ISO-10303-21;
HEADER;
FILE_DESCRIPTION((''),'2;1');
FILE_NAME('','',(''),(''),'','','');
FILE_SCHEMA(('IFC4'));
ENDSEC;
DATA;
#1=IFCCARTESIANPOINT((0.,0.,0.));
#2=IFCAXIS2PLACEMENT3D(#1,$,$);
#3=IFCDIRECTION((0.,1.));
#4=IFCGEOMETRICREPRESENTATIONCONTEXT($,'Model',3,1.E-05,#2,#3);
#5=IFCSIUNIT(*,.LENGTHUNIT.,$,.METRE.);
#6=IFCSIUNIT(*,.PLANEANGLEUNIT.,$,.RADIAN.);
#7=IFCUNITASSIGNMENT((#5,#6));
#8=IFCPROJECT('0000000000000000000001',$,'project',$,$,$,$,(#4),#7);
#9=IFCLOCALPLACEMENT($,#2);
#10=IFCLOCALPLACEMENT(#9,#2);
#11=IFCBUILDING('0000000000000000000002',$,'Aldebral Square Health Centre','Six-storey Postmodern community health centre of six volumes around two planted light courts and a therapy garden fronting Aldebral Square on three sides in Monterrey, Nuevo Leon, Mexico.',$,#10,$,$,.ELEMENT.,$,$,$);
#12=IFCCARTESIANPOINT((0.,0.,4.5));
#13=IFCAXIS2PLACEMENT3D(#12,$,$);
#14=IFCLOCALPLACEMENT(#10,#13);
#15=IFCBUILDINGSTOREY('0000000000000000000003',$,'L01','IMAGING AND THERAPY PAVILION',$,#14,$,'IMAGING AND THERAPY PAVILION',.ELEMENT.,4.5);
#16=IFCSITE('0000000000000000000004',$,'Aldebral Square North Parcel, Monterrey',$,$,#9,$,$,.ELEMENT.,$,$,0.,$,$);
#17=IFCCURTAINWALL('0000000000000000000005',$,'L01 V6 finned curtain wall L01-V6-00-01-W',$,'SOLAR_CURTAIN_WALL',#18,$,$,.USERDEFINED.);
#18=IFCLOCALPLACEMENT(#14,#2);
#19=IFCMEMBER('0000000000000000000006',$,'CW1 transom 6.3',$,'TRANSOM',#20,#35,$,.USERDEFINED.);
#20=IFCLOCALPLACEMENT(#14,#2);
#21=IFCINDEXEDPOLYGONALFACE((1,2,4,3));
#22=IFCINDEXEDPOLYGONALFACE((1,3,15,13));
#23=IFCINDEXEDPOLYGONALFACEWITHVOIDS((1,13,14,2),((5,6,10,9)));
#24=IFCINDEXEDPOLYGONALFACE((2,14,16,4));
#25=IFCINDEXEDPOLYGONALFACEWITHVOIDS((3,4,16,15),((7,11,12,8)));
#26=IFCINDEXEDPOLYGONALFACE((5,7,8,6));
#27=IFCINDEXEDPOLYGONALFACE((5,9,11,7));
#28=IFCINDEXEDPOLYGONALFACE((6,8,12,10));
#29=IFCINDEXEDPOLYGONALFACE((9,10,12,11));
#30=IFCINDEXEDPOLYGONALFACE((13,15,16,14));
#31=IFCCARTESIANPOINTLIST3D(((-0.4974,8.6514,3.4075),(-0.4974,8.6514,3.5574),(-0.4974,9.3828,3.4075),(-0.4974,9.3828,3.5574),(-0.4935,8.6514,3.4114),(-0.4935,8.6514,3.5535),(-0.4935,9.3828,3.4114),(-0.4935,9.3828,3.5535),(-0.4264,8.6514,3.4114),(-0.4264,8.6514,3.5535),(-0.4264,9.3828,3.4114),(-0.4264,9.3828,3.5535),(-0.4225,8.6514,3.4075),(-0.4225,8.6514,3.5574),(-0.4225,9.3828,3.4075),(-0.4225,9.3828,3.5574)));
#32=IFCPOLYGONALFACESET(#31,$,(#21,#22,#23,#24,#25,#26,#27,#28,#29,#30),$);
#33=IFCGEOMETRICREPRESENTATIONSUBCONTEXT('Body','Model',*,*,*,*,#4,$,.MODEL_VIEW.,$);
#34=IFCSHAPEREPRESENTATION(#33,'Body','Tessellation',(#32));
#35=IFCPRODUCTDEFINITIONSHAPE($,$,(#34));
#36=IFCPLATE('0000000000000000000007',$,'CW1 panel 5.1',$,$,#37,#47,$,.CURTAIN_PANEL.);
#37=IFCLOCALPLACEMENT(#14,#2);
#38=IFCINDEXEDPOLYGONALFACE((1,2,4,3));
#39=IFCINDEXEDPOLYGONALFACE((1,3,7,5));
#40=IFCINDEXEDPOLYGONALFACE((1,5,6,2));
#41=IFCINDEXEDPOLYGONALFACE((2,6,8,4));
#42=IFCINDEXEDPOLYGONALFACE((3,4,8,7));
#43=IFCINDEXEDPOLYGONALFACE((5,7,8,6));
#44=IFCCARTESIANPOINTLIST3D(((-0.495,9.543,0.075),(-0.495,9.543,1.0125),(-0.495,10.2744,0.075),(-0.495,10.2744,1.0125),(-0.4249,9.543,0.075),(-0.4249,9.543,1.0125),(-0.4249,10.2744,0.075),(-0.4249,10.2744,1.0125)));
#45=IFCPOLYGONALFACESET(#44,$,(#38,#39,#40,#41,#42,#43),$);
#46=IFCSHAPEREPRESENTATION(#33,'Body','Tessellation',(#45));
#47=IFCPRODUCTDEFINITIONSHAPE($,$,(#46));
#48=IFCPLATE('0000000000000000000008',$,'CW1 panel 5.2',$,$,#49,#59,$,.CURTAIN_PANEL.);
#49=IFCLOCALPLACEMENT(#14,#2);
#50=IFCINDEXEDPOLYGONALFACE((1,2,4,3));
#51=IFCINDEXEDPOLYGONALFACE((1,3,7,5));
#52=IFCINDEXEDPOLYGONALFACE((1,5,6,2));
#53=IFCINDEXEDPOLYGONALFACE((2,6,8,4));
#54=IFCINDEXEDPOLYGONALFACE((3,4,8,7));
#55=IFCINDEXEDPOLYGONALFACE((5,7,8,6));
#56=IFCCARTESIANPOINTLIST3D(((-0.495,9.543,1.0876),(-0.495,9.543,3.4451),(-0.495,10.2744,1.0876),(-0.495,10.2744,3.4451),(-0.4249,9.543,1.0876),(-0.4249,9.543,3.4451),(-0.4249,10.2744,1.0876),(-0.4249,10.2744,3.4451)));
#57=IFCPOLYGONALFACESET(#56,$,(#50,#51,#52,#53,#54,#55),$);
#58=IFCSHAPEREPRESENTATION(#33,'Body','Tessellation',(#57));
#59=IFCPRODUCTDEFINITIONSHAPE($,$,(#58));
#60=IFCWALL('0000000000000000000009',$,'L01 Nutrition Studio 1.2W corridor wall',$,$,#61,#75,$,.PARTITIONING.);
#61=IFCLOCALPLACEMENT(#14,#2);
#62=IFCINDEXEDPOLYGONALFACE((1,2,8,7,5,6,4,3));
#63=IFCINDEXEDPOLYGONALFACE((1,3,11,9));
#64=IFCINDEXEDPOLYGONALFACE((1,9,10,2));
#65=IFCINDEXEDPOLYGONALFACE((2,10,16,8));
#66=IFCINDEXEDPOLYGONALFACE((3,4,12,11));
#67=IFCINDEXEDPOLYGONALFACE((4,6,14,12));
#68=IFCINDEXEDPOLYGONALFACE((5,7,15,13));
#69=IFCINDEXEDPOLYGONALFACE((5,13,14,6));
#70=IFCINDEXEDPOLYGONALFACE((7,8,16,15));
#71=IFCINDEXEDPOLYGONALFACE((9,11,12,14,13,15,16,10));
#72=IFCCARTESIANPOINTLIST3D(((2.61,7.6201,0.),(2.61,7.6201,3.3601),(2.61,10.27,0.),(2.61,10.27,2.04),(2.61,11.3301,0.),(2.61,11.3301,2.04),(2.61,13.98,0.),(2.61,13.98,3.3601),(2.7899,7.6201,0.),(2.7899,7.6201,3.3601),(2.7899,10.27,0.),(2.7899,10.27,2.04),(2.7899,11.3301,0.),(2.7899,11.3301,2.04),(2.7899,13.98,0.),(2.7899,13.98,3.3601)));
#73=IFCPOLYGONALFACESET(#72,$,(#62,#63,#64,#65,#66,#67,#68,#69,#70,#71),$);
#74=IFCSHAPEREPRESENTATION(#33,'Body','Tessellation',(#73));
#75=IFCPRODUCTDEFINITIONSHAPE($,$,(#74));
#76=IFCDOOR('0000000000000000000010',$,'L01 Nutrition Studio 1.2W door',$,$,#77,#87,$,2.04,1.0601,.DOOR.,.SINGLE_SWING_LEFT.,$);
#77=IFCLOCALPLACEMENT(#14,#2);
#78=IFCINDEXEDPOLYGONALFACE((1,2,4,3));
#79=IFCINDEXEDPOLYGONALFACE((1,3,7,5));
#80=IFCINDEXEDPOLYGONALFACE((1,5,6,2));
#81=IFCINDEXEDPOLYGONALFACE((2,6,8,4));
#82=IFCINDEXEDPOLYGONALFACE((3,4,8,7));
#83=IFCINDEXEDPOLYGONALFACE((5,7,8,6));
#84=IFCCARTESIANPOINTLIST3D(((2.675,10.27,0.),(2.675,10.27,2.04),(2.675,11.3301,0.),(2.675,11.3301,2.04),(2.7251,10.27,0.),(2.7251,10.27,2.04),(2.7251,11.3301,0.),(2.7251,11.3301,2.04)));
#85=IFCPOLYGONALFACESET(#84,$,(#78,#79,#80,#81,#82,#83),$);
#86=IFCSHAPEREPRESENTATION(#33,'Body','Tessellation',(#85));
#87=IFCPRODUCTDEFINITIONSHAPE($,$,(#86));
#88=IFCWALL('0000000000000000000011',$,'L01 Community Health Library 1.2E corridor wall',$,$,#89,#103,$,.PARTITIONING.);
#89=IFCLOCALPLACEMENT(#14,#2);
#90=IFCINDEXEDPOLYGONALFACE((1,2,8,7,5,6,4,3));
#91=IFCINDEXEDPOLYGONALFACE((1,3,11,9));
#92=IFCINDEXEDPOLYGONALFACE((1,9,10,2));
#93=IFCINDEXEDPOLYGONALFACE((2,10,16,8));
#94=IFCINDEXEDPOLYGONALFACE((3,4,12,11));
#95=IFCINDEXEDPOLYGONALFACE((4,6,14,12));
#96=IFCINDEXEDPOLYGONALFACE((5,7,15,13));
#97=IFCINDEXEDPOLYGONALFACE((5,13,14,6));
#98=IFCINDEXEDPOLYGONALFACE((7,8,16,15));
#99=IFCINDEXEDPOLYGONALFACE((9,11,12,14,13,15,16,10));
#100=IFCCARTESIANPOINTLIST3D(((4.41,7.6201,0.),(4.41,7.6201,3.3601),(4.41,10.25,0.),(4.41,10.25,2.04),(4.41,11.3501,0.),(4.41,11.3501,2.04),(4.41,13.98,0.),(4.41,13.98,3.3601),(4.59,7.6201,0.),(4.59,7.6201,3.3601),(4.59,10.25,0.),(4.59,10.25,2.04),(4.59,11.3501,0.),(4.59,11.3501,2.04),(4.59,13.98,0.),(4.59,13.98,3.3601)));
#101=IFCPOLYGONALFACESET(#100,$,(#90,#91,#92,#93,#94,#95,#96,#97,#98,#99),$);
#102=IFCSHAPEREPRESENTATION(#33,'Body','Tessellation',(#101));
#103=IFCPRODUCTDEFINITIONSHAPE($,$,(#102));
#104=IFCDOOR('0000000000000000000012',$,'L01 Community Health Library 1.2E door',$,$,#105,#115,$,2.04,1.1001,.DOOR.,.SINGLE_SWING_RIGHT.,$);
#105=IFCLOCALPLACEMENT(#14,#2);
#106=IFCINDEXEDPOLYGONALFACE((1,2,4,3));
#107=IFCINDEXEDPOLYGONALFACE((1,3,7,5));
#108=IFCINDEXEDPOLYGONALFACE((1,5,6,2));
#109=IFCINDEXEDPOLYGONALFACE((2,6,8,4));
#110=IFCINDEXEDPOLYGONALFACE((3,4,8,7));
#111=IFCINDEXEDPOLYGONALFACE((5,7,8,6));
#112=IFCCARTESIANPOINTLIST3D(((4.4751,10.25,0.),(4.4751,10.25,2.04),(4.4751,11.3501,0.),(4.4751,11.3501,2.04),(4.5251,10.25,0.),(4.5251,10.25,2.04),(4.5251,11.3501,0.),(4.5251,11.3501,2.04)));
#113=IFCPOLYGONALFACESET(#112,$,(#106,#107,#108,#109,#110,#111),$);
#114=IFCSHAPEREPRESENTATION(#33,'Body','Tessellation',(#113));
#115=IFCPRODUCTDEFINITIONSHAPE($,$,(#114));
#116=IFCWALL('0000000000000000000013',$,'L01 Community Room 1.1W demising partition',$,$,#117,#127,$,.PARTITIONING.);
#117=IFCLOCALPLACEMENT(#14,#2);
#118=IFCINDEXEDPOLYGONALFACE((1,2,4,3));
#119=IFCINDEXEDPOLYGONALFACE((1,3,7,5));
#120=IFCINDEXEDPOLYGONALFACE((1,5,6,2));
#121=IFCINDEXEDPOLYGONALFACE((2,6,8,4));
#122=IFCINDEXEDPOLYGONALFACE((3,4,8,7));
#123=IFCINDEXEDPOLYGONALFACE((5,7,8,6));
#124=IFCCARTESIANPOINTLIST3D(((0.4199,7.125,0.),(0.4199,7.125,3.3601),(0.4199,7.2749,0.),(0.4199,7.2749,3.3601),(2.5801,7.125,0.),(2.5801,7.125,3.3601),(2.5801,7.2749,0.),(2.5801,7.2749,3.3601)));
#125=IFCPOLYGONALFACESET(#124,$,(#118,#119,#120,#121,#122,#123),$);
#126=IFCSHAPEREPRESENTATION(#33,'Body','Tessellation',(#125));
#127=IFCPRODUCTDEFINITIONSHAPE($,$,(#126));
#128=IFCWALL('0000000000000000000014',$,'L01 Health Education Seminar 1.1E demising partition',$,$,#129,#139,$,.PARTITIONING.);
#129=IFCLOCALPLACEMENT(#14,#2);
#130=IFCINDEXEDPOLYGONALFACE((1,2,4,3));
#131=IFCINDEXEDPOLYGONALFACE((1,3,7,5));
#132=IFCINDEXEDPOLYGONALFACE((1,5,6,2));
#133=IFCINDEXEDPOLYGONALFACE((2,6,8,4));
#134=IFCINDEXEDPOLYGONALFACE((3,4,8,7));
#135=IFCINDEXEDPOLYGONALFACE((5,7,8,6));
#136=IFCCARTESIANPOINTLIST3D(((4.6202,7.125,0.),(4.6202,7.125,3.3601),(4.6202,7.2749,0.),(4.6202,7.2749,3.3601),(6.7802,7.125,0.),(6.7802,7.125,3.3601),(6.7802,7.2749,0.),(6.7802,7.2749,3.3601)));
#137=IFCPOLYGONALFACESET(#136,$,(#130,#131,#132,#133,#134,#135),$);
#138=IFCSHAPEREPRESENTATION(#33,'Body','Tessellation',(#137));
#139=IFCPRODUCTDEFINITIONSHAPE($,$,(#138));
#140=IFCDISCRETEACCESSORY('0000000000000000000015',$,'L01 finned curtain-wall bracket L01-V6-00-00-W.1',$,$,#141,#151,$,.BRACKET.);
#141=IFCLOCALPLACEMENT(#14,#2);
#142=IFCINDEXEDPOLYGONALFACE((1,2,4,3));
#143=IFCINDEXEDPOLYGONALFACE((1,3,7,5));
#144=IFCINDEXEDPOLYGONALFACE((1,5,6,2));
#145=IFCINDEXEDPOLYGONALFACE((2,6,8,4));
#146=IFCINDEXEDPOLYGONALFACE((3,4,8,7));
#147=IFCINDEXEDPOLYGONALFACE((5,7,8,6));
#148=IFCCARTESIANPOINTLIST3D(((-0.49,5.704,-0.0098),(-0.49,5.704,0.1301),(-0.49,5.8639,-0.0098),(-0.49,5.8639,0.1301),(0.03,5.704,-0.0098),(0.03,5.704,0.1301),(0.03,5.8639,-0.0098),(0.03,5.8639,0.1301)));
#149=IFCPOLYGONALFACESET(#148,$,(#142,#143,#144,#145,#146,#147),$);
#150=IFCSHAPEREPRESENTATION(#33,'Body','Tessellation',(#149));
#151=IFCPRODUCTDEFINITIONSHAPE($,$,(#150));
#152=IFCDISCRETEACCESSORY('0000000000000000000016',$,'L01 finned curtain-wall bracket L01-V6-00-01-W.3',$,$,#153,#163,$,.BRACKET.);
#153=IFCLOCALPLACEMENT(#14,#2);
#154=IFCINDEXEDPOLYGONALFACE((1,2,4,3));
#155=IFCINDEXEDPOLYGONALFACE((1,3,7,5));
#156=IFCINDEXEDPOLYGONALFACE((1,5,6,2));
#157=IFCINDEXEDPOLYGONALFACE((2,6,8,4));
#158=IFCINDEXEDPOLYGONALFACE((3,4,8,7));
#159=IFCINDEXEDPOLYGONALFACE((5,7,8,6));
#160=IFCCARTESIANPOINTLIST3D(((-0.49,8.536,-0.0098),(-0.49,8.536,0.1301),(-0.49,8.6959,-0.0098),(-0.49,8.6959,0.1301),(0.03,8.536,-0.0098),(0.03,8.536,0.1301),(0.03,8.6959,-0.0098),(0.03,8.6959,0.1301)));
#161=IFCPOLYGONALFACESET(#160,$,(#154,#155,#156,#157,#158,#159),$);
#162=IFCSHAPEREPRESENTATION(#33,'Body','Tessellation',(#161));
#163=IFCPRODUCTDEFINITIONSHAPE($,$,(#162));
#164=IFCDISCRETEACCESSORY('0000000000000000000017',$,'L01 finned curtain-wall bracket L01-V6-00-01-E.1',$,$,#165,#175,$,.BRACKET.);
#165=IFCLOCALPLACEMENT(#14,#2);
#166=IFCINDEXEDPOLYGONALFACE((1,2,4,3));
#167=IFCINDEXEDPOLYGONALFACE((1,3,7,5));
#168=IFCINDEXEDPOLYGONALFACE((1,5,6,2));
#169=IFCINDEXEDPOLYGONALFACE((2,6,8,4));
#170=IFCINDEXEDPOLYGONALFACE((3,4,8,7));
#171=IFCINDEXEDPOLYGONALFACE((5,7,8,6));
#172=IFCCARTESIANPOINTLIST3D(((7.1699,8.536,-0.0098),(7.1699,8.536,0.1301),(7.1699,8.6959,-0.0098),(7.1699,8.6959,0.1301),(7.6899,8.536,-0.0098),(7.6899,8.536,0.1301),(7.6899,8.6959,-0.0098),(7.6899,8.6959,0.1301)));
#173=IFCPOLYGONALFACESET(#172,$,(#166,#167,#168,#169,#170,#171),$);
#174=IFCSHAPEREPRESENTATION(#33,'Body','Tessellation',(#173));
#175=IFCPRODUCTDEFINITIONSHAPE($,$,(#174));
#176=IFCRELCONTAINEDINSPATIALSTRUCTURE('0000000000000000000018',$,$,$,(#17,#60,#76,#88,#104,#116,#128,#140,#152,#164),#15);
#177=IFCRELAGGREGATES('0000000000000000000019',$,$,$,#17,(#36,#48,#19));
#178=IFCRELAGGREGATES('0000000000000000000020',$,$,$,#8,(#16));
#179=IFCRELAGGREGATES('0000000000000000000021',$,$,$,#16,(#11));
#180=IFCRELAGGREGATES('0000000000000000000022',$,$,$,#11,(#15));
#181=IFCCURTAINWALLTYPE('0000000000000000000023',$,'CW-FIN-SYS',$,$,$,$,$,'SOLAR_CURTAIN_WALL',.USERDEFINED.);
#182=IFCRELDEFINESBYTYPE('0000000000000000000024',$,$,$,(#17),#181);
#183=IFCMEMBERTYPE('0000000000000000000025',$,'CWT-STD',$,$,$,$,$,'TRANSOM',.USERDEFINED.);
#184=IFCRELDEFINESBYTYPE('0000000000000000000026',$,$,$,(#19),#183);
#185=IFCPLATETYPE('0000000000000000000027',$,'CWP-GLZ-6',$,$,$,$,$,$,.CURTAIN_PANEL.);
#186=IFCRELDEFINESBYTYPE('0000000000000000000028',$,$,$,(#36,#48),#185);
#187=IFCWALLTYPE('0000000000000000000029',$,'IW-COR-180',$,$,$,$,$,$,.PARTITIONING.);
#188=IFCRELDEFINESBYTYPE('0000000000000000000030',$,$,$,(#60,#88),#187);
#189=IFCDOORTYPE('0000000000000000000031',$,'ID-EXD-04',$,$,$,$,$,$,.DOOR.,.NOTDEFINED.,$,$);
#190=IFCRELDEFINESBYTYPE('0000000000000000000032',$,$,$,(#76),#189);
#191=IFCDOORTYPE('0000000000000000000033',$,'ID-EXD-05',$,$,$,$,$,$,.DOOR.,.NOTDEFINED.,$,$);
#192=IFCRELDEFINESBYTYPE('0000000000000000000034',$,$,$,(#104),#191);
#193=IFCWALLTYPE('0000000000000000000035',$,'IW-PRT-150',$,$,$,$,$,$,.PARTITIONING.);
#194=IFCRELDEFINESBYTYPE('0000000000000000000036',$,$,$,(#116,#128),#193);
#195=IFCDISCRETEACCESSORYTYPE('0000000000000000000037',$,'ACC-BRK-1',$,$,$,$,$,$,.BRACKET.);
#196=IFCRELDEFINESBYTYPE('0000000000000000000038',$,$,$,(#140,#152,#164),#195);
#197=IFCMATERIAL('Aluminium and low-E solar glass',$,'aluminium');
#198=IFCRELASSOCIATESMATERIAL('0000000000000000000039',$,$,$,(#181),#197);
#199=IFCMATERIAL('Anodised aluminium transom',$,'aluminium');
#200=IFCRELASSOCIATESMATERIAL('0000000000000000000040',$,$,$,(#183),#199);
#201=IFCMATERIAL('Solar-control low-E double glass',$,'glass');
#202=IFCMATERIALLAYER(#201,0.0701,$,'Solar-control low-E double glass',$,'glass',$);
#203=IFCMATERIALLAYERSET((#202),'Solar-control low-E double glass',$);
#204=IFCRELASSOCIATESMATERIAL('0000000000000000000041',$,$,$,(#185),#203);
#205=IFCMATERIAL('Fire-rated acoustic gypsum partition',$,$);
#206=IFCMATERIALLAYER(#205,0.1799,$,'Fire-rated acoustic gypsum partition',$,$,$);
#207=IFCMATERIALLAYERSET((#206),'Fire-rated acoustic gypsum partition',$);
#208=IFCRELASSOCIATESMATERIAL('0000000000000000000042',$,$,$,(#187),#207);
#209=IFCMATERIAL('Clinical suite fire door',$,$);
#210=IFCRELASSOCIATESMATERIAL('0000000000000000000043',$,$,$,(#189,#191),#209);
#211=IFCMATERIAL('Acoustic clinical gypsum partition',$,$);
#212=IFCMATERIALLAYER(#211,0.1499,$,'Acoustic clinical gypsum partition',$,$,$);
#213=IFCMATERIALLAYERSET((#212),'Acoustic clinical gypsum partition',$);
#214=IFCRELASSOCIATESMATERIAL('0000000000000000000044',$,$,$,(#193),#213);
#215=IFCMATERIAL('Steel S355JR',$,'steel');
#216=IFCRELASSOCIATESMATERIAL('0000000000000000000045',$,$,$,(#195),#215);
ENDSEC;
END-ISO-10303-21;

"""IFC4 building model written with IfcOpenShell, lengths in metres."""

from ifc_helpers import new_model, si_unit, direction, frame, frame_2d, origin, origin_2d, place, context, subcontext, project, spatial, rectangle, hollow_rectangle, extrude, material, layer, layer_set, material_profile, profile_set, type_object, element, fill, aggregate, save


model = new_model("IFC4")

# Units and contexts
model_context = context("Model", 3, precision=1e-05, world=origin(), true_north=direction((0.0, 1.0)))
body_context = subcontext(model_context, "Body", "Model", "MODEL_VIEW")
ifc_project = project(units=[si_unit("LENGTHUNIT", "METRE"), si_unit("PLANEANGLEUNIT", "RADIAN")], contexts=[model_context])

# Site, building, storey
site_placement = place(None, origin())
site = spatial("IfcSite", under=ifc_project, at=site_placement, Name="Aldebral Square North Parcel, Monterrey", CompositionType="ELEMENT", RefElevation=0.0)
building_placement = place(site_placement, origin())
building = spatial("IfcBuilding", under=site, at=building_placement, Name="Aldebral Square Health Centre", Description="Six-storey Postmodern community health centre of six volumes around two planted light courts and a therapy garden fronting Aldebral Square on three sides in Monterrey, Nuevo Leon, Mexico.", CompositionType="ELEMENT")
storey_placement = place(building_placement, frame((0.0, 0.0, 4.5)))
storey = spatial("IfcBuildingStorey", under=building, at=storey_placement, Name="L01", Description="IMAGING AND THERAPY PAVILION", LongName="IMAGING AND THERAPY PAVILION", CompositionType="ELEMENT", Elevation=4.5)

# Curtain wall
ifc_material_1 = material(Name="Aluminium and low-E solar glass", Category="aluminium")
curtain_wall_type = type_object("IfcCurtainWallType", Name="CW-FIN-SYS", ElementType="SOLAR_CURTAIN_WALL", PredefinedType="USERDEFINED", material=ifc_material_1)
curtain_wall_1_placement = place(storey_placement, origin())
curtain_wall_1 = element("IfcCurtainWall", 1, at=curtain_wall_1_placement, inside=storey, type_object=curtain_wall_type, Name="L01 V6 finned curtain wall L01-V6-00-01-W", ObjectType="SOLAR_CURTAIN_WALL", PredefinedType="USERDEFINED")

# Member
ifc_material_2 = material(Name="Anodised aluminium transom", Category="aluminium")
ifc_material_profile_1 = material_profile(ifc_material_2, hollow_rectangle(XDim=0.075, YDim=0.1499, WallThickness=0.0039, at=origin_2d()), Name="CWT 75x150x4")
ifc_profile_set_1 = profile_set([ifc_material_profile_1], Name="Anodised aluminium transom")
member_type_1 = type_object("IfcMemberType", Name="CWT-STD", ElementType="TRANSOM", PredefinedType="USERDEFINED", material=ifc_profile_set_1)
member_1_placement = place(storey_placement, frame((-0.46, 9.3828, 3.4824), z_axis=(0.0, -1.0, 0.0), x_axis=(1.0, 0.0, 0.0)))
member_1 = element("IfcMember", 2, at=member_1_placement, type_object=member_type_1, Name="CW1 transom 6.3", ObjectType="TRANSOM", PredefinedType="USERDEFINED", context=body_context, shape_type="SweptSolid", body=[
    extrude(hollow_rectangle(XDim=0.075, YDim=0.1499, WallThickness=0.0039, at=origin_2d()), origin(), (0.0, 0.0, 1.0), 0.7314),
])

# Plates
ifc_material_3 = material(Name="Solar-control low-E double glass", Category="glass")
ifc_layer_1 = layer(ifc_material_3, 0.0701, Name="Solar-control low-E double glass", Category="glass")
ifc_layer_set_1 = layer_set([ifc_layer_1], Name="Solar-control low-E double glass")
plate_type = type_object("IfcPlateType", Name="CWP-GLZ-6", PredefinedType="CURTAIN_PANEL", material=ifc_layer_set_1)
plate_1_placement = place(storey_placement, frame((-0.46, 9.9087, 0.075), z_axis=(0.0, 0.0, 1.0), x_axis=(0.0, -1.0, 0.0)))
plate_1 = element("IfcPlate", 3, at=plate_1_placement, type_object=plate_type, Name="CW1 panel 5.1", PredefinedType="CURTAIN_PANEL", context=body_context, shape_type="SweptSolid", body=[
    extrude(rectangle(XDim=0.7314, YDim=0.0701, at=origin_2d()), origin(), (0.0, 0.0, 1.0), 0.9375),
])
plate_2_placement = place(storey_placement, frame((-0.46, 9.9087, 1.0876), z_axis=(0.0, 0.0, 1.0), x_axis=(0.0, -1.0, 0.0)))
plate_2 = element("IfcPlate", 4, at=plate_2_placement, type_object=plate_type, Name="CW1 panel 5.2", PredefinedType="CURTAIN_PANEL", context=body_context, shape_type="SweptSolid", body=[
    extrude(rectangle(XDim=0.7314, YDim=0.0701, at=origin_2d()), origin(), (0.0, 0.0, 1.0), 2.3574),
])
aggregate(curtain_wall_1, [plate_1, plate_2, member_1])

# Walls, openings, doors
ifc_material_4 = material(Name="Fire-rated acoustic gypsum partition")
ifc_layer_2 = layer(ifc_material_4, 0.1799, Name="Fire-rated acoustic gypsum partition")
ifc_layer_set_2 = layer_set([ifc_layer_2], Name="Fire-rated acoustic gypsum partition")
wall_type_1 = type_object("IfcWallType", Name="IW-COR-180", PredefinedType="PARTITIONING", material=ifc_layer_set_2)
wall_1_placement = place(storey_placement, frame((2.7, 7.6201, 0.0), z_axis=(0.0, 0.0, 1.0), x_axis=(0.0, 1.0, 0.0)))
wall_1 = element("IfcWall", 5, at=wall_1_placement, inside=storey, type_object=wall_type_1, Name="L01 Nutrition Studio 1.2W corridor wall", PredefinedType="PARTITIONING", context=body_context, shape_type="SweptSolid", body=[
    extrude(rectangle(XDim=6.3599, YDim=0.1799, at=frame_2d((3.1799, 0.0))), origin(), (0.0, 0.0, 1.0), 3.3601),
])
opening_1_placement = place(wall_1_placement, frame((2.6499, 0.0, 0.0)))
opening_1 = element("IfcOpeningElement", 6, at=opening_1_placement, cuts=wall_1, PredefinedType="OPENING", context=body_context, shape_type="SweptSolid", body=[
    extrude(rectangle(XDim=1.0601, YDim=2.04, at=frame_2d((0.53, 1.02))), frame((0.0, 0.1001, 0.0), z_axis=(0.0, -1.0, 0.0), x_axis=(1.0, 0.0, 0.0)), (0.0, 0.0, 1.0), 0.2),
])
ifc_material_5 = material(Name="Clinical suite fire door")
door_type_1 = type_object("IfcDoorType", Name="ID-EXD-04", OperationType="NOTDEFINED", PredefinedType="DOOR", material=ifc_material_5)
door_1_placement = place(opening_1_placement, origin())
door_1 = element("IfcDoor", 7, at=door_1_placement, inside=storey, type_object=door_type_1, Name="L01 Nutrition Studio 1.2W door", OperationType="SINGLE_SWING_LEFT", OverallHeight=2.04, OverallWidth=1.0601, PredefinedType="DOOR", context=body_context, shape_type="SweptSolid", body=[
    extrude(rectangle(XDim=1.0601, YDim=2.04, at=frame_2d((0.53, 1.02))), frame((0.0, 0.0249, 0.0), z_axis=(0.0, -1.0, 0.0), x_axis=(1.0, 0.0, 0.0)), (0.0, 0.0, 1.0), 0.05),
])
fill(opening_1, door_1)
wall_2_placement = place(storey_placement, frame((4.5, 7.6201, 0.0), z_axis=(0.0, 0.0, 1.0), x_axis=(0.0, 1.0, 0.0)))
wall_2 = element("IfcWall", 8, at=wall_2_placement, inside=storey, type_object=wall_type_1, Name="L01 Community Health Library 1.2E corridor wall", PredefinedType="PARTITIONING", context=body_context, shape_type="SweptSolid", body=[
    extrude(rectangle(XDim=6.3599, YDim=0.1799, at=frame_2d((3.1799, 0.0))), origin(), (0.0, 0.0, 1.0), 3.3601),
])
opening_2_placement = place(wall_2_placement, frame((2.6299, 0.0, 0.0)))
opening_2 = element("IfcOpeningElement", 9, at=opening_2_placement, cuts=wall_2, PredefinedType="OPENING", context=body_context, shape_type="SweptSolid", body=[
    extrude(rectangle(XDim=1.1001, YDim=2.04, at=frame_2d((0.55, 1.02))), frame((0.0, 0.1001, 0.0), z_axis=(0.0, -1.0, 0.0), x_axis=(1.0, 0.0, 0.0)), (0.0, 0.0, 1.0), 0.2),
])
door_type_2 = type_object("IfcDoorType", Name="ID-EXD-05", OperationType="NOTDEFINED", PredefinedType="DOOR", material=ifc_material_5)
door_2_placement = place(opening_2_placement, origin())
door_2 = element("IfcDoor", 10, at=door_2_placement, inside=storey, type_object=door_type_2, Name="L01 Community Health Library 1.2E door", OperationType="SINGLE_SWING_RIGHT", OverallHeight=2.04, OverallWidth=1.1001, PredefinedType="DOOR", context=body_context, shape_type="SweptSolid", body=[
    extrude(rectangle(XDim=1.1001, YDim=2.04, at=frame_2d((0.55, 1.02))), frame((0.0, 0.0249, 0.0), z_axis=(0.0, -1.0, 0.0), x_axis=(1.0, 0.0, 0.0)), (0.0, 0.0, 1.0), 0.05),
])
fill(opening_2, door_2)

# Walls
ifc_material_6 = material(Name="Acoustic clinical gypsum partition")
ifc_layer_3 = layer(ifc_material_6, 0.1499, Name="Acoustic clinical gypsum partition")
ifc_layer_set_3 = layer_set([ifc_layer_3], Name="Acoustic clinical gypsum partition")
wall_type_2 = type_object("IfcWallType", Name="IW-PRT-150", PredefinedType="PARTITIONING", material=ifc_layer_set_3)
wall_3_placement = place(storey_placement, frame((0.4199, 7.2, 0.0), z_axis=(0.0, 0.0, 1.0), x_axis=(1.0, 0.0, 0.0)))
element("IfcWall", 11, at=wall_3_placement, inside=storey, type_object=wall_type_2, Name="L01 Community Room 1.1W demising partition", PredefinedType="PARTITIONING", context=body_context, shape_type="SweptSolid", body=[
    extrude(rectangle(XDim=2.1602, YDim=0.1499, at=frame_2d((1.0801, 0.0))), origin(), (0.0, 0.0, 1.0), 3.3601),
])
wall_4_placement = place(storey_placement, frame((4.6201, 7.2, 0.0), z_axis=(0.0, 0.0, 1.0), x_axis=(1.0, 0.0, 0.0)))
element("IfcWall", 12, at=wall_4_placement, inside=storey, type_object=wall_type_2, Name="L01 Health Education Seminar 1.1E demising partition", PredefinedType="PARTITIONING", context=body_context, shape_type="SweptSolid", body=[
    extrude(rectangle(XDim=2.1599, YDim=0.1499, at=frame_2d((1.0801, 0.0))), origin(), (0.0, 0.0, 1.0), 3.3601),
])

# Discrete accessories
ifc_material_7 = material(Name="Steel S355JR", Category="steel")
discrete_accessory_type = type_object("IfcDiscreteAccessoryType", Name="ACC-BRK-1", PredefinedType="BRACKET", material=ifc_material_7)
for number, where, z_axis, x_axis, name in (
    (13, (-0.23, 5.7839, -0.0098), (0.0, 0.0, 1.0), (0.0, 1.0, 0.0), "L01 finned curtain-wall bracket L01-V6-00-00-W.1"),
    (14, (-0.23, 8.616, -0.0098), (0.0, 0.0, 1.0), (0.0, 1.0, 0.0), "L01 finned curtain-wall bracket L01-V6-00-01-W.3"),
    (15, (7.4299, 8.616, -0.0098), (0.0, 0.0, 1.0), (0.0, 1.0, 0.0), "L01 finned curtain-wall bracket L01-V6-00-01-E.1"),
):
    element("IfcDiscreteAccessory", number, at=place(storey_placement, frame(where, z_axis=z_axis, x_axis=x_axis)), inside=storey, type_object=discrete_accessory_type, Name=name, PredefinedType="BRACKET", context=body_context, shape_type="SweptSolid", body=[
        extrude(rectangle(XDim=0.1599, YDim=0.52, at=origin_2d()), origin(), (0.0, 0.0, 1.0), 0.1399),
    ])

save(model, "model.ifc")
